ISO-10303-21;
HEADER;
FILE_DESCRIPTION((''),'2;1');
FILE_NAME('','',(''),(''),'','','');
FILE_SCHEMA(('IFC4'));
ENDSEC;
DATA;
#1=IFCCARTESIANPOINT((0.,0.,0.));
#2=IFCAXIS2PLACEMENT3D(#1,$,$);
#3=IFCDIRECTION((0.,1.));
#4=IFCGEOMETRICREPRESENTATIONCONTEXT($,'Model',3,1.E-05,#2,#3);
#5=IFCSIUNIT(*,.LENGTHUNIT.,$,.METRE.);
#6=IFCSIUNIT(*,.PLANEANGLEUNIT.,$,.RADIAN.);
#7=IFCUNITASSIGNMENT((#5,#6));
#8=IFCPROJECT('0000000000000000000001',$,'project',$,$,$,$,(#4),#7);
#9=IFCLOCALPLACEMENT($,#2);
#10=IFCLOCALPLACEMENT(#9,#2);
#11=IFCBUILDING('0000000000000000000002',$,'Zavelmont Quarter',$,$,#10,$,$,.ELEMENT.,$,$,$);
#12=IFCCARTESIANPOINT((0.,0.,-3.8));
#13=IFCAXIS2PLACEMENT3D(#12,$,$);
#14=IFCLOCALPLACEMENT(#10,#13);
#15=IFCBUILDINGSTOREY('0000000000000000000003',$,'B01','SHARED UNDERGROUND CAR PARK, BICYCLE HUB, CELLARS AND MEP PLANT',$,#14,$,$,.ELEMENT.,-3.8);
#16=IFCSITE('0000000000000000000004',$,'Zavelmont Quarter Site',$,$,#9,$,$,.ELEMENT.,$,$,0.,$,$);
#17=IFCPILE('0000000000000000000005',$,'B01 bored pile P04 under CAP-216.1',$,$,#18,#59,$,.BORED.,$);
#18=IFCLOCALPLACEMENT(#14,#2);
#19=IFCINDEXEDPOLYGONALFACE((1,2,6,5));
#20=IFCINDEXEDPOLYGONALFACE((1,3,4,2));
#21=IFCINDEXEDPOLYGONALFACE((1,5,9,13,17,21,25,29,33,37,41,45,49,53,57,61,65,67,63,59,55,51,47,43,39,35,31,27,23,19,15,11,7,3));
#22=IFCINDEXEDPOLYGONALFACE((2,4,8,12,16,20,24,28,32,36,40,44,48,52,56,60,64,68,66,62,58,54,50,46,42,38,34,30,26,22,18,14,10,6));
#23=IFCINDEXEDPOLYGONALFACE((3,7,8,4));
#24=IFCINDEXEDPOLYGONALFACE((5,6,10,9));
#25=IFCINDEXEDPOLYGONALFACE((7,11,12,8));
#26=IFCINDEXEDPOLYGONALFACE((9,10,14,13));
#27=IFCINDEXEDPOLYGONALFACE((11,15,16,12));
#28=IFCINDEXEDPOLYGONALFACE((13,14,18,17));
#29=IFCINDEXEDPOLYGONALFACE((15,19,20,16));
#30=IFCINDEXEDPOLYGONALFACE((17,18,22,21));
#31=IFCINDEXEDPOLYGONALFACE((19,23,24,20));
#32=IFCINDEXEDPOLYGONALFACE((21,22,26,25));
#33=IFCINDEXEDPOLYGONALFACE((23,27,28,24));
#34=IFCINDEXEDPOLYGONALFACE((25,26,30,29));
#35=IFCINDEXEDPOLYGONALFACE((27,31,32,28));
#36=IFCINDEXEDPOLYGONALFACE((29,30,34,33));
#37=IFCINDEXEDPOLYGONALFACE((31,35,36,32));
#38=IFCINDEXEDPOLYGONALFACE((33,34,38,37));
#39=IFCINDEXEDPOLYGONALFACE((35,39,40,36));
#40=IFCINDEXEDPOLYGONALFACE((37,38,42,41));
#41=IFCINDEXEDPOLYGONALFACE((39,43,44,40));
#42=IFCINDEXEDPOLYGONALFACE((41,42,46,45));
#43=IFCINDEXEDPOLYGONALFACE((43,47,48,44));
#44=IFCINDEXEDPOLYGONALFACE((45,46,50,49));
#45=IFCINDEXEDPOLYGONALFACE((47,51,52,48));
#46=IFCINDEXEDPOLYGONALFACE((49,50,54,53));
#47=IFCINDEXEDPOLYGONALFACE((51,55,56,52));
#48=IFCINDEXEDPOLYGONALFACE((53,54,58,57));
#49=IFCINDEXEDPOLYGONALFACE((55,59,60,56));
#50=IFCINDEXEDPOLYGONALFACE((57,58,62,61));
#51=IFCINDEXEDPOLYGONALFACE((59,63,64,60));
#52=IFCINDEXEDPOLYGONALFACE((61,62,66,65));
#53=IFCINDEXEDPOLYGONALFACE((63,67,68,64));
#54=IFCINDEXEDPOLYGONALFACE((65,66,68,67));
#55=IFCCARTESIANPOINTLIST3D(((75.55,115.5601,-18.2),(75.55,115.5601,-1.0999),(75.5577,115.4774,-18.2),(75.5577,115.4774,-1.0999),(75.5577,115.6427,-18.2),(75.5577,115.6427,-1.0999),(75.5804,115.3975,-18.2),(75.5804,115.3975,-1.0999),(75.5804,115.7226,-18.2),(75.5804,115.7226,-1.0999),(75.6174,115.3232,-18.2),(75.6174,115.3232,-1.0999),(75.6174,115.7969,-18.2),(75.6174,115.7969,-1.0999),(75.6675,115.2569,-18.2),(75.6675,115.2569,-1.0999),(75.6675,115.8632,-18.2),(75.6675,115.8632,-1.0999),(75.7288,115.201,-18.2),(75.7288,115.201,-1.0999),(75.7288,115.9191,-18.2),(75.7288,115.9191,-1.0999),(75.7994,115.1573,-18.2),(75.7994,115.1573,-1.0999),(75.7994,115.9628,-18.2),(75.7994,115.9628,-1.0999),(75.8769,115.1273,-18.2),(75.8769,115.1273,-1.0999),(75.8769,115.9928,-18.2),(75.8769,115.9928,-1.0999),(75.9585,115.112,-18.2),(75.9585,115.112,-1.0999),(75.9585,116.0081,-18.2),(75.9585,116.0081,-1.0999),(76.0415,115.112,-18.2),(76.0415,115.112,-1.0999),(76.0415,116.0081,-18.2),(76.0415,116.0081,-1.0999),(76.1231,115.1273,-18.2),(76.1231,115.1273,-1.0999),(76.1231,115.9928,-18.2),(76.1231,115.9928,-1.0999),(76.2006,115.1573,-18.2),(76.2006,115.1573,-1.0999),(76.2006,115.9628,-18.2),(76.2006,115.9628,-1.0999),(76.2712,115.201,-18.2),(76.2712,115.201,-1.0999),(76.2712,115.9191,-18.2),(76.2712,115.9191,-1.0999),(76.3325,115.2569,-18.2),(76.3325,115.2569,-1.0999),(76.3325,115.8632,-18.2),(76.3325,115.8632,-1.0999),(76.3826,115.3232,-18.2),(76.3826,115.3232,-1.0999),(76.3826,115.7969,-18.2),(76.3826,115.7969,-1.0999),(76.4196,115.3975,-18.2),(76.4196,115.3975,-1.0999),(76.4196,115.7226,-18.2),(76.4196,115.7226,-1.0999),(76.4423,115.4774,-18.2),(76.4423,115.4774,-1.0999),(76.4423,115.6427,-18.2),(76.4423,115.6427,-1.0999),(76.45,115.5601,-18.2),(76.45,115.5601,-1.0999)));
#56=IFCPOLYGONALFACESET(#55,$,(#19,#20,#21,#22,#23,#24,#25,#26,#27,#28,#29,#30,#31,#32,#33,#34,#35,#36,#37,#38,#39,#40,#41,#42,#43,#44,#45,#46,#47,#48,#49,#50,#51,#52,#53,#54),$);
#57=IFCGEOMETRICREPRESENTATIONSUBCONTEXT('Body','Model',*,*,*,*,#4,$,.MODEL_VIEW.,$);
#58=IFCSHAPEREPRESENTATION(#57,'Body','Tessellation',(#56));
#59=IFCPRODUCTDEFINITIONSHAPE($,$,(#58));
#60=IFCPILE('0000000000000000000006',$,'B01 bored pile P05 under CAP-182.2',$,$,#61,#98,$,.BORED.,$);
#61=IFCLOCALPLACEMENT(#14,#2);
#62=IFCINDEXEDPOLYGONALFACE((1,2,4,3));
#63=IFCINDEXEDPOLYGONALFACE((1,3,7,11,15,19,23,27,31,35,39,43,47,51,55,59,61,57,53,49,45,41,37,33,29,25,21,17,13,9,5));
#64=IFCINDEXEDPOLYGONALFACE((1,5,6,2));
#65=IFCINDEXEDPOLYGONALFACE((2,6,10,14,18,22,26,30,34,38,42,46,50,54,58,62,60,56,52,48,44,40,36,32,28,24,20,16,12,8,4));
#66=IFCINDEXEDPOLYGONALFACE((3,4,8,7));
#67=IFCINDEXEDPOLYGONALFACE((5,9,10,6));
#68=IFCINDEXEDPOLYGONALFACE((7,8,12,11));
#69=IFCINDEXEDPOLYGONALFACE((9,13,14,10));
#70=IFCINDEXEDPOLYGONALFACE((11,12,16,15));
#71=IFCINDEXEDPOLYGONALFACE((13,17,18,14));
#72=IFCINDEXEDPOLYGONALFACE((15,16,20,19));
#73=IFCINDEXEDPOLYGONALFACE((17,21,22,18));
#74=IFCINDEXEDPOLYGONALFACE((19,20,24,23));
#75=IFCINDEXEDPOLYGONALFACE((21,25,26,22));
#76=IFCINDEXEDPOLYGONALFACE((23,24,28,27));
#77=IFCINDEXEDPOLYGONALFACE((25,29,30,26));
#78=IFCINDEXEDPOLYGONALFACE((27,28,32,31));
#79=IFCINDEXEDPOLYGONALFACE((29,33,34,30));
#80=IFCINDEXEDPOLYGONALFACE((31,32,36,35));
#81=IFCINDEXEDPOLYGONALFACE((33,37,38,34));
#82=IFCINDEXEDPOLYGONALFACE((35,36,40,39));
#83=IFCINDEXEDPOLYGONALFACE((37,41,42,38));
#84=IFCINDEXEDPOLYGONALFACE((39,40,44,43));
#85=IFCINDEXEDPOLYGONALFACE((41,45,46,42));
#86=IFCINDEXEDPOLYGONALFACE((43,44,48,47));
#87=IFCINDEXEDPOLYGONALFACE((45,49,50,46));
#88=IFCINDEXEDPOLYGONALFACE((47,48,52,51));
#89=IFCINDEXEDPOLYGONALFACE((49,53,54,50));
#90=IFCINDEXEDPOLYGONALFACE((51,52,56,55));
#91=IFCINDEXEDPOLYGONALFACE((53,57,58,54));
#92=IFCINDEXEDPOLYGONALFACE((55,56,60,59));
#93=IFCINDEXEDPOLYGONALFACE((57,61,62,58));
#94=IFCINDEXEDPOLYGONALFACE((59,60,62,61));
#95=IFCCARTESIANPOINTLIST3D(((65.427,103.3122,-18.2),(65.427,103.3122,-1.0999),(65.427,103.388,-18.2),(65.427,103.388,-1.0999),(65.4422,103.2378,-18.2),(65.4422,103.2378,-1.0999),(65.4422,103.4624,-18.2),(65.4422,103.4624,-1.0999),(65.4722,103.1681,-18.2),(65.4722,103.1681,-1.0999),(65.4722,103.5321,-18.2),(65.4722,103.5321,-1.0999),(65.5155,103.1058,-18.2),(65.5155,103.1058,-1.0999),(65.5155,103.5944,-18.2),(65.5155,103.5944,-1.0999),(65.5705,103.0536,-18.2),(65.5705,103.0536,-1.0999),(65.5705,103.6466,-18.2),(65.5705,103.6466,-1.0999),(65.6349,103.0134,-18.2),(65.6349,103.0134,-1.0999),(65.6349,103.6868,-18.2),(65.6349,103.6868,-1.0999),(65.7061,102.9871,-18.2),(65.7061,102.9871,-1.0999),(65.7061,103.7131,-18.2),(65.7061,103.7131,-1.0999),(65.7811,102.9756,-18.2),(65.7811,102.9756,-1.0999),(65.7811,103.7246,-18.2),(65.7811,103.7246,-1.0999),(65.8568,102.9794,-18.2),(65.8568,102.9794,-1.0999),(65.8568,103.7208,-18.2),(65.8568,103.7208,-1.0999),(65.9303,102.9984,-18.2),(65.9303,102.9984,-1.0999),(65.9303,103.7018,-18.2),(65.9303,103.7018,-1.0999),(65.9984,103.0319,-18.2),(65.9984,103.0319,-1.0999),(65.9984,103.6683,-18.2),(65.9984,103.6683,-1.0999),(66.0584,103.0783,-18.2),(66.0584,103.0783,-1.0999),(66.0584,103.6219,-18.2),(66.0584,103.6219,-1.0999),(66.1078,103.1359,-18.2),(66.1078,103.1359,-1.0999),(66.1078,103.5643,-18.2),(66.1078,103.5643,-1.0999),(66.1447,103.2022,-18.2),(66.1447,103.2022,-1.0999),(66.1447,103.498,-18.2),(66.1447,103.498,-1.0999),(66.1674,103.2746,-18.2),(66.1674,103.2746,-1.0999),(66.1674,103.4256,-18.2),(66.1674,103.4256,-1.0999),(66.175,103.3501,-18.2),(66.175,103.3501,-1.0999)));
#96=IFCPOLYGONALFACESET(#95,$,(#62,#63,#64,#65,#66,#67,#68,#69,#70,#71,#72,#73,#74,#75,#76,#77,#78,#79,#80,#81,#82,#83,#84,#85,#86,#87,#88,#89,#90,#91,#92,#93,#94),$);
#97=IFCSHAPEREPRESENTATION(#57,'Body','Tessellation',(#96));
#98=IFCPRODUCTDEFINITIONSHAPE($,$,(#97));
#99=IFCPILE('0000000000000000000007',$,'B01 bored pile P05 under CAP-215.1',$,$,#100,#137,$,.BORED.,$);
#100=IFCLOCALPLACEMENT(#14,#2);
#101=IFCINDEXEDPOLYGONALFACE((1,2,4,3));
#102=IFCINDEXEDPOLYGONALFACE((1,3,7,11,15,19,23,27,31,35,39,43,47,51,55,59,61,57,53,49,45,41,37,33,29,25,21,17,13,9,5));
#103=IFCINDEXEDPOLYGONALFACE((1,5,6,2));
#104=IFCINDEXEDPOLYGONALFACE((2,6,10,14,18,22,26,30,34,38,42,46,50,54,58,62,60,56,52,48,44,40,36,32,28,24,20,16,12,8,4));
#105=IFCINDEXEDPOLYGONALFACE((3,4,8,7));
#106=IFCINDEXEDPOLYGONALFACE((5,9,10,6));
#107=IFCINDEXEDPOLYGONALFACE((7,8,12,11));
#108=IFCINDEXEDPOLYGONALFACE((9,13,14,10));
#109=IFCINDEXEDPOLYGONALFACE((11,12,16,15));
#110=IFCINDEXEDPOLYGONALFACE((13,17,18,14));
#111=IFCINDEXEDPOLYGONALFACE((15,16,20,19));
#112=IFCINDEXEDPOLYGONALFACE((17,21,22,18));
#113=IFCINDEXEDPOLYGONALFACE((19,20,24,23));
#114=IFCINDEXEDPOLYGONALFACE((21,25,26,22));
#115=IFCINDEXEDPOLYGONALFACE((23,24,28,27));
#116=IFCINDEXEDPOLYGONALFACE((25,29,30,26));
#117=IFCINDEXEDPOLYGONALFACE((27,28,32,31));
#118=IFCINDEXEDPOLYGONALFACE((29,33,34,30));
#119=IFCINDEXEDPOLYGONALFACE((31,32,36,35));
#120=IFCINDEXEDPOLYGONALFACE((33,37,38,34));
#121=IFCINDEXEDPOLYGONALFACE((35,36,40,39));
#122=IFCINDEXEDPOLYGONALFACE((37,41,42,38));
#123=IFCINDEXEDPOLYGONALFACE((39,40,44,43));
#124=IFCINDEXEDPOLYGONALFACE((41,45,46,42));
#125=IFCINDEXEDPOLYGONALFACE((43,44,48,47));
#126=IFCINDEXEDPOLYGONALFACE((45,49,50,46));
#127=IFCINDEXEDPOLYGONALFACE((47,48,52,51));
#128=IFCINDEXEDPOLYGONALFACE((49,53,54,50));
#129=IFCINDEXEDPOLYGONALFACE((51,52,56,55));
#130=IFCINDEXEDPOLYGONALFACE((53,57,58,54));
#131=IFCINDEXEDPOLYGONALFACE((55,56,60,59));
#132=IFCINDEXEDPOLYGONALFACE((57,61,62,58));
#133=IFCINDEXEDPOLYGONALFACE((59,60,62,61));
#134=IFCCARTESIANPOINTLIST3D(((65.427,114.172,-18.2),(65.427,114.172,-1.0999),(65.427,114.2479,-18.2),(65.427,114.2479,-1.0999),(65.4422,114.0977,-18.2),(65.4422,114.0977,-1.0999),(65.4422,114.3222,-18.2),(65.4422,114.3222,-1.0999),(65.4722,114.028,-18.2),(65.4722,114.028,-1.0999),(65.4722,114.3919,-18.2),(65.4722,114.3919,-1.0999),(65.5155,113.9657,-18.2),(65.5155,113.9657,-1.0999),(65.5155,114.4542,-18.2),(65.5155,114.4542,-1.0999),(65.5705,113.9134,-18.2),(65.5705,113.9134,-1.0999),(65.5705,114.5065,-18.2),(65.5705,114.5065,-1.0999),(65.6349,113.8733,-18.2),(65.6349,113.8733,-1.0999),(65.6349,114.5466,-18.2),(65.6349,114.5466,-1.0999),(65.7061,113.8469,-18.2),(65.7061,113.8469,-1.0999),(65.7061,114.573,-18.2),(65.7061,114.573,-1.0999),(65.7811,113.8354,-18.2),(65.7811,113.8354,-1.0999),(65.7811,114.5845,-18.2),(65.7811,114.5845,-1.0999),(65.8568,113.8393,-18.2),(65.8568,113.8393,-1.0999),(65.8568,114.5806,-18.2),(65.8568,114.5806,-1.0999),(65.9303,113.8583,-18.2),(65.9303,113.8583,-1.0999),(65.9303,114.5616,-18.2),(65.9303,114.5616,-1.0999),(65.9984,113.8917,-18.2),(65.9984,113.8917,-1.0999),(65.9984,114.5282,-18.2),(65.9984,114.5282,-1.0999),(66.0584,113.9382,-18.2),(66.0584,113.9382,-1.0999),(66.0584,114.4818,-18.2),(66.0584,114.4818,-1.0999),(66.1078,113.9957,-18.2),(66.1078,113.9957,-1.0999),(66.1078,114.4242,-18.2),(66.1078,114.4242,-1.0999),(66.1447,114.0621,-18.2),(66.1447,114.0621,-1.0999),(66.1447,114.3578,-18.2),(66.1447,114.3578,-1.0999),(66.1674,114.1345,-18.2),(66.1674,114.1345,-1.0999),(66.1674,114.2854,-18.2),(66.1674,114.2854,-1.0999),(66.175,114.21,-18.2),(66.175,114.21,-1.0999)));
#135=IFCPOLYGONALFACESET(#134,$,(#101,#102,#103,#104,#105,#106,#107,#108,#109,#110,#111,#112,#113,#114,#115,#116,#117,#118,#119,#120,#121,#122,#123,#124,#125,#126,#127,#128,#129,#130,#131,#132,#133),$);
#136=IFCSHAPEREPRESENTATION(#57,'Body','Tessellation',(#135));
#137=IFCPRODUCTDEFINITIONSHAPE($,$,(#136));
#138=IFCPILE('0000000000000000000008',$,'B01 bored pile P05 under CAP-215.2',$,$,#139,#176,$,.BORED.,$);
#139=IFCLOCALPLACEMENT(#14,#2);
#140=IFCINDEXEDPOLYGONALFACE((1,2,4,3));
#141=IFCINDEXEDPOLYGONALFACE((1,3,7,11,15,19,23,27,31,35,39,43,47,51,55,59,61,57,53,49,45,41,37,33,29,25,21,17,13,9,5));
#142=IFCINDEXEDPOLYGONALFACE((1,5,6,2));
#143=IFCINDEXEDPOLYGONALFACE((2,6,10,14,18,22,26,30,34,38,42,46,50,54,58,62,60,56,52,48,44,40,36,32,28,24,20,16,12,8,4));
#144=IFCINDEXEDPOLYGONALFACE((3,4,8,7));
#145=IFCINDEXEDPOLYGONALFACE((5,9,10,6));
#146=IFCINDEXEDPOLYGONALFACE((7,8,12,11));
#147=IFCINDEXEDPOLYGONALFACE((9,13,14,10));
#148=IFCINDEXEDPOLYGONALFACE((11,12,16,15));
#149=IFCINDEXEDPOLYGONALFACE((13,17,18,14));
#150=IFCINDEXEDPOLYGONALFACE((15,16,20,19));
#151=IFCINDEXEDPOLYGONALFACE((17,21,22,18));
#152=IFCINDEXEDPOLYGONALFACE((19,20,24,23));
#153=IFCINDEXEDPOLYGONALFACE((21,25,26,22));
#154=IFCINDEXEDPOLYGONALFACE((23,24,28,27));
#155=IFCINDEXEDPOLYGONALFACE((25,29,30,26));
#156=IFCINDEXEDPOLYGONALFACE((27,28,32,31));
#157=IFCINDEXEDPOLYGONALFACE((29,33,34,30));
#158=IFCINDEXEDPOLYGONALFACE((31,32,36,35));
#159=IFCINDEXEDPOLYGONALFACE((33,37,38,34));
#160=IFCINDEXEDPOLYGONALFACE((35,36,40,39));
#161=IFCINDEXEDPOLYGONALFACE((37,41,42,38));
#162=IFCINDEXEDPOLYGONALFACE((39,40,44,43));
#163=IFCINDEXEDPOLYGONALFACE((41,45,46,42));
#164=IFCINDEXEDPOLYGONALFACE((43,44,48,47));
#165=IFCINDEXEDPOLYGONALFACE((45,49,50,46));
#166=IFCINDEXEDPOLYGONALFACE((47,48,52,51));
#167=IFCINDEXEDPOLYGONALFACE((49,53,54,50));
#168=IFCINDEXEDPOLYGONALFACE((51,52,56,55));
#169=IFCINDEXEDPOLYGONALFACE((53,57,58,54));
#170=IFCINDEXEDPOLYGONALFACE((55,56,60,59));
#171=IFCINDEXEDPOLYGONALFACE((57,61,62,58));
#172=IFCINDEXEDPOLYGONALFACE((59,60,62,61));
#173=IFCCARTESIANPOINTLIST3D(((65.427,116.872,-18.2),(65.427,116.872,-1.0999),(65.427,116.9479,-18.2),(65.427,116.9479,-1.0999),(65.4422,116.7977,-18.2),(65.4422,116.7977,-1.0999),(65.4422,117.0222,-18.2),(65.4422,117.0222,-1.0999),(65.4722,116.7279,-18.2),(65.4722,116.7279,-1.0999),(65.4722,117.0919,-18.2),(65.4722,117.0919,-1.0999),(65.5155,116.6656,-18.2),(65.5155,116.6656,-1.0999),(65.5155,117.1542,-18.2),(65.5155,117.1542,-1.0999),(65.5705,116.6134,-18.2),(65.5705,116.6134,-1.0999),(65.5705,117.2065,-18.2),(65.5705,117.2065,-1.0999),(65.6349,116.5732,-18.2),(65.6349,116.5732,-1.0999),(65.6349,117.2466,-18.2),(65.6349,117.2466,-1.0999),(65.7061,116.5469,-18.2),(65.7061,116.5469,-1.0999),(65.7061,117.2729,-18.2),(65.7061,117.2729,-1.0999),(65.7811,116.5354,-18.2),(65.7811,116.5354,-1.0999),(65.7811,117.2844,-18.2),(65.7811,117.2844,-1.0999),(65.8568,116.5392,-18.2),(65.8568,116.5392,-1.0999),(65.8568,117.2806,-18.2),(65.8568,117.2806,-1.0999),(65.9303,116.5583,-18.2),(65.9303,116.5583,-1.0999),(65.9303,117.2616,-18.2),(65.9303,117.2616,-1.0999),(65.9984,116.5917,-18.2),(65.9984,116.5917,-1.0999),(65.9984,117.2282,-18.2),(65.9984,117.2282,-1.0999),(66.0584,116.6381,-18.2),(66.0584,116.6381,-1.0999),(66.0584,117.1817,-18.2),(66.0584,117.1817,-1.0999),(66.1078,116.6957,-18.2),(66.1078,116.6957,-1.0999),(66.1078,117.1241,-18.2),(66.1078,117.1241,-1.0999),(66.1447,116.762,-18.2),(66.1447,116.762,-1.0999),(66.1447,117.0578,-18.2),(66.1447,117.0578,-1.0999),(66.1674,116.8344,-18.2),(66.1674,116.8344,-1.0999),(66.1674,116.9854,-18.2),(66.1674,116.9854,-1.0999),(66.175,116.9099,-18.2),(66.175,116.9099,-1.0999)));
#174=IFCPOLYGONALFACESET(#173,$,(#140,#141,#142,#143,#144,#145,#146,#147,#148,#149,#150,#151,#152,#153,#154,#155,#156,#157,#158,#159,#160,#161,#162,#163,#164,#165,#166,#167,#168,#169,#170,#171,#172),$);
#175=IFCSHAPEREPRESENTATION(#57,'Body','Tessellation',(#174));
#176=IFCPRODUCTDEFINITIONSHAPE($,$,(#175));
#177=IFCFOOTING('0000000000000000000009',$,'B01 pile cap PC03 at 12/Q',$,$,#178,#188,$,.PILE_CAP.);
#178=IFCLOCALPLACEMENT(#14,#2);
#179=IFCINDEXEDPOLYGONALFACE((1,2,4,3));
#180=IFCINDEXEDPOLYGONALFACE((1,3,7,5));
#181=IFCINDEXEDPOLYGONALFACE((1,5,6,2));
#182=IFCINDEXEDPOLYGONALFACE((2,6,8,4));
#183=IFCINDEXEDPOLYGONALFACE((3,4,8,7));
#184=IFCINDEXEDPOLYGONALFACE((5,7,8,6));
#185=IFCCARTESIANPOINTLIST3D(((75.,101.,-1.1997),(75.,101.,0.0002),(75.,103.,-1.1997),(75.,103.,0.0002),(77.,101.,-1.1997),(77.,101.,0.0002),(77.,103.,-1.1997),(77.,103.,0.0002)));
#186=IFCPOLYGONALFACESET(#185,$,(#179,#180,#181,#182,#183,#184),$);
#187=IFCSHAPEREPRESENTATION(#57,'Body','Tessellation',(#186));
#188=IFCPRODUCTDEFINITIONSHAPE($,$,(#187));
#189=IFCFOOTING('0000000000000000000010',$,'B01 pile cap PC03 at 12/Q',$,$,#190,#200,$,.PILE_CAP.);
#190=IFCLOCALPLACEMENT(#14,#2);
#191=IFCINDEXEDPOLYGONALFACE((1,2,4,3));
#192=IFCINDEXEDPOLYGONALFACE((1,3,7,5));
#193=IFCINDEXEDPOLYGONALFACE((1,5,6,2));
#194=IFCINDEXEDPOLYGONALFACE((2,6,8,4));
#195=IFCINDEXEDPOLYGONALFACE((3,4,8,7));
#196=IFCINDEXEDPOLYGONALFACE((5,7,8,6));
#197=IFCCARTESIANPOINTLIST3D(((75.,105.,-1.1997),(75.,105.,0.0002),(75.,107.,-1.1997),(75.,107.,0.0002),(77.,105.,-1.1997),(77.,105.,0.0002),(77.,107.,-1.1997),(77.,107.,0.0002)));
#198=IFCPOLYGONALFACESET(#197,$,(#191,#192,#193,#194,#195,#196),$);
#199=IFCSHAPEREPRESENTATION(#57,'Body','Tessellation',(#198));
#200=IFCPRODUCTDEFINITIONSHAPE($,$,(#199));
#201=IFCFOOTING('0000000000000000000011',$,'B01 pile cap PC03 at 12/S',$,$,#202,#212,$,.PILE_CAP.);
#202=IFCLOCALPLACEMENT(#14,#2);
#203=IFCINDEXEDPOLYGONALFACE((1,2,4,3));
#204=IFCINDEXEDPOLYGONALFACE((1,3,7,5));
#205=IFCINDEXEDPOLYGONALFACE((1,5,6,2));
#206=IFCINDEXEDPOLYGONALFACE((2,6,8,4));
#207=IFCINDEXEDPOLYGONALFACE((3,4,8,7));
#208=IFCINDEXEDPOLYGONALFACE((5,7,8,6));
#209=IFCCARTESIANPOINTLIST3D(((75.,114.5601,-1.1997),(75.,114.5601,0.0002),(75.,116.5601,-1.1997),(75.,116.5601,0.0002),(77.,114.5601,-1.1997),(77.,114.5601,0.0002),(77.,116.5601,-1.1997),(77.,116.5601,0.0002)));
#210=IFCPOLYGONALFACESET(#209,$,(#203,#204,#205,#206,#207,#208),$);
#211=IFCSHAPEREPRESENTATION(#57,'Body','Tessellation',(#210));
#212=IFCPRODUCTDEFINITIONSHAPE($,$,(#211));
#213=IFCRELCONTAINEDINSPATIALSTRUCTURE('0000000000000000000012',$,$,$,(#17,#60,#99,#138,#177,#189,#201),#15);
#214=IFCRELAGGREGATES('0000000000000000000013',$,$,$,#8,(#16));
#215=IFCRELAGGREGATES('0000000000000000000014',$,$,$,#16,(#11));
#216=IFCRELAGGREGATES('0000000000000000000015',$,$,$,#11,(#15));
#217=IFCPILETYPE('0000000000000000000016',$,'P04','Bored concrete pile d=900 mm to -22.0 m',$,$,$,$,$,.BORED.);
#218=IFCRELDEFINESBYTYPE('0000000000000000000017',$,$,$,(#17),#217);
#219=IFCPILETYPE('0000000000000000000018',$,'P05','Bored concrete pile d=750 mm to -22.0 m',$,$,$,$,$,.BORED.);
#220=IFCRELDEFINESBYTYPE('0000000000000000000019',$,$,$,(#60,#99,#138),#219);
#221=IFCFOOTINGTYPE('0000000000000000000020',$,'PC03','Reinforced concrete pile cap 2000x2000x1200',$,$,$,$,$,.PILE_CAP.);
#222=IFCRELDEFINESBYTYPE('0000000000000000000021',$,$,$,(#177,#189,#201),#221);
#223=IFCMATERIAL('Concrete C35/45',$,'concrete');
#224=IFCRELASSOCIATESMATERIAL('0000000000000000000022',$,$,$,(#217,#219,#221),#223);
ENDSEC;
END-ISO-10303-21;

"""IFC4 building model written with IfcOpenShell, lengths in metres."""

from ifc_helpers import new_model, si_unit, direction, frame, origin, origin_2d, place, context, subcontext, project, spatial, rectangle, circle, extrude, material, material_profile, profile_set, type_object, element, save


model = new_model("IFC4")

# Units and contexts
model_context = context("Model", 3, precision=1e-05, world=origin(), true_north=direction((0.0, 1.0)))
body_context = subcontext(model_context, "Body", "Model", "MODEL_VIEW")
ifc_project = project(units=[si_unit("LENGTHUNIT", "METRE"), si_unit("PLANEANGLEUNIT", "RADIAN")], contexts=[model_context])

# Site, building, storey
site_placement = place(None, origin())
site = spatial("IfcSite", under=ifc_project, at=site_placement, Name="Zavelmont Quarter Site", CompositionType="ELEMENT", RefElevation=0.0)
building_placement = place(site_placement, origin())
building = spatial("IfcBuilding", under=site, at=building_placement, Name="Zavelmont Quarter", CompositionType="ELEMENT")
storey_placement = place(building_placement, frame((0.0, 0.0, -3.8)))
storey = spatial("IfcBuildingStorey", under=building, at=storey_placement, Name="B01", Description="SHARED UNDERGROUND CAR PARK, BICYCLE HUB, CELLARS AND MEP PLANT", CompositionType="ELEMENT", Elevation=-3.8)

# Shared definitions
ifc_material_1 = material(Name="Concrete C35/45", Category="concrete")

# Piles
ifc_material_profile_1 = material_profile(ifc_material_1, circle(Radius=0.45, at=origin_2d()), Name="BP900")
ifc_profile_set_1 = profile_set([ifc_material_profile_1], Name="Concrete C35/45")
pile_type_1 = type_object("IfcPileType", Name="P04", Description="Bored concrete pile d=900 mm to -22.0 m", PredefinedType="BORED", material=ifc_profile_set_1)
for number, where, z_axis, x_axis, name in (
    (1, (76.0, 115.5601, -1.0999), (0.0, 0.0, -1.0), (1.0, 0.0, 0.0), "B01 bored pile P04 under CAP-216.1"),
):
    element("IfcPile", number, at=place(storey_placement, frame(where, z_axis=z_axis, x_axis=x_axis)), inside=storey, type_object=pile_type_1, Name=name, PredefinedType="BORED", context=body_context, shape_type="SweptSolid", body=[
        extrude(circle(Radius=0.45, at=origin_2d()), origin(), (0.0, 0.0, 1.0), 17.1001),
    ])
ifc_material_profile_2 = material_profile(ifc_material_1, circle(Radius=0.375, at=origin_2d()), Name="BP750")
ifc_profile_set_2 = profile_set([ifc_material_profile_2], Name="Concrete C35/45")
pile_type_2 = type_object("IfcPileType", Name="P05", Description="Bored concrete pile d=750 mm to -22.0 m", PredefinedType="BORED", material=ifc_profile_set_2)
for number, where, z_axis, x_axis, name in (
    (2, (65.8, 103.3501, -1.0999), (0.0, 0.0, -1.0), (1.0, 0.0, 0.0), "B01 bored pile P05 under CAP-182.2"),
    (3, (65.8, 114.21, -1.0999), (0.0, 0.0, -1.0), (1.0, 0.0, 0.0), "B01 bored pile P05 under CAP-215.1"),
    (4, (65.8, 116.9099, -1.0999), (0.0, 0.0, -1.0), (1.0, 0.0, 0.0), "B01 bored pile P05 under CAP-215.2"),
):
    element("IfcPile", number, at=place(storey_placement, frame(where, z_axis=z_axis, x_axis=x_axis)), inside=storey, type_object=pile_type_2, Name=name, PredefinedType="BORED", context=body_context, shape_type="SweptSolid", body=[
        extrude(circle(Radius=0.375, at=origin_2d()), origin(), (0.0, 0.0, 1.0), 17.1001),
    ])

# Footings
footing_type_1 = type_object("IfcFootingType", Name="PC03", Description="Reinforced concrete pile cap 2000x2000x1200", PredefinedType="PILE_CAP", material=ifc_material_1)
for number, where, z_axis, x_axis, name in (
    (5, (76.0, 102.0, -1.1997), (0.0, 0.0, 1.0), (1.0, 0.0, 0.0), "B01 pile cap PC03 at 12/Q"),
    (6, (76.0, 106.0, -1.1997), (0.0, 0.0, 1.0), (1.0, 0.0, 0.0), "B01 pile cap PC03 at 12/Q"),
    (7, (76.0, 115.5601, -1.1997), (0.0, 0.0, 1.0), (1.0, 0.0, 0.0), "B01 pile cap PC03 at 12/S"),
):
    element("IfcFooting", number, at=place(storey_placement, frame(where, z_axis=z_axis, x_axis=x_axis)), inside=storey, type_object=footing_type_1, Name=name, PredefinedType="PILE_CAP", context=body_context, shape_type="SweptSolid", body=[
        extrude(rectangle(XDim=2.0, YDim=2.0, at=origin_2d()), origin(), (0.0, 0.0, 1.0), 1.2),
    ])

save(model, "model.ifc")
